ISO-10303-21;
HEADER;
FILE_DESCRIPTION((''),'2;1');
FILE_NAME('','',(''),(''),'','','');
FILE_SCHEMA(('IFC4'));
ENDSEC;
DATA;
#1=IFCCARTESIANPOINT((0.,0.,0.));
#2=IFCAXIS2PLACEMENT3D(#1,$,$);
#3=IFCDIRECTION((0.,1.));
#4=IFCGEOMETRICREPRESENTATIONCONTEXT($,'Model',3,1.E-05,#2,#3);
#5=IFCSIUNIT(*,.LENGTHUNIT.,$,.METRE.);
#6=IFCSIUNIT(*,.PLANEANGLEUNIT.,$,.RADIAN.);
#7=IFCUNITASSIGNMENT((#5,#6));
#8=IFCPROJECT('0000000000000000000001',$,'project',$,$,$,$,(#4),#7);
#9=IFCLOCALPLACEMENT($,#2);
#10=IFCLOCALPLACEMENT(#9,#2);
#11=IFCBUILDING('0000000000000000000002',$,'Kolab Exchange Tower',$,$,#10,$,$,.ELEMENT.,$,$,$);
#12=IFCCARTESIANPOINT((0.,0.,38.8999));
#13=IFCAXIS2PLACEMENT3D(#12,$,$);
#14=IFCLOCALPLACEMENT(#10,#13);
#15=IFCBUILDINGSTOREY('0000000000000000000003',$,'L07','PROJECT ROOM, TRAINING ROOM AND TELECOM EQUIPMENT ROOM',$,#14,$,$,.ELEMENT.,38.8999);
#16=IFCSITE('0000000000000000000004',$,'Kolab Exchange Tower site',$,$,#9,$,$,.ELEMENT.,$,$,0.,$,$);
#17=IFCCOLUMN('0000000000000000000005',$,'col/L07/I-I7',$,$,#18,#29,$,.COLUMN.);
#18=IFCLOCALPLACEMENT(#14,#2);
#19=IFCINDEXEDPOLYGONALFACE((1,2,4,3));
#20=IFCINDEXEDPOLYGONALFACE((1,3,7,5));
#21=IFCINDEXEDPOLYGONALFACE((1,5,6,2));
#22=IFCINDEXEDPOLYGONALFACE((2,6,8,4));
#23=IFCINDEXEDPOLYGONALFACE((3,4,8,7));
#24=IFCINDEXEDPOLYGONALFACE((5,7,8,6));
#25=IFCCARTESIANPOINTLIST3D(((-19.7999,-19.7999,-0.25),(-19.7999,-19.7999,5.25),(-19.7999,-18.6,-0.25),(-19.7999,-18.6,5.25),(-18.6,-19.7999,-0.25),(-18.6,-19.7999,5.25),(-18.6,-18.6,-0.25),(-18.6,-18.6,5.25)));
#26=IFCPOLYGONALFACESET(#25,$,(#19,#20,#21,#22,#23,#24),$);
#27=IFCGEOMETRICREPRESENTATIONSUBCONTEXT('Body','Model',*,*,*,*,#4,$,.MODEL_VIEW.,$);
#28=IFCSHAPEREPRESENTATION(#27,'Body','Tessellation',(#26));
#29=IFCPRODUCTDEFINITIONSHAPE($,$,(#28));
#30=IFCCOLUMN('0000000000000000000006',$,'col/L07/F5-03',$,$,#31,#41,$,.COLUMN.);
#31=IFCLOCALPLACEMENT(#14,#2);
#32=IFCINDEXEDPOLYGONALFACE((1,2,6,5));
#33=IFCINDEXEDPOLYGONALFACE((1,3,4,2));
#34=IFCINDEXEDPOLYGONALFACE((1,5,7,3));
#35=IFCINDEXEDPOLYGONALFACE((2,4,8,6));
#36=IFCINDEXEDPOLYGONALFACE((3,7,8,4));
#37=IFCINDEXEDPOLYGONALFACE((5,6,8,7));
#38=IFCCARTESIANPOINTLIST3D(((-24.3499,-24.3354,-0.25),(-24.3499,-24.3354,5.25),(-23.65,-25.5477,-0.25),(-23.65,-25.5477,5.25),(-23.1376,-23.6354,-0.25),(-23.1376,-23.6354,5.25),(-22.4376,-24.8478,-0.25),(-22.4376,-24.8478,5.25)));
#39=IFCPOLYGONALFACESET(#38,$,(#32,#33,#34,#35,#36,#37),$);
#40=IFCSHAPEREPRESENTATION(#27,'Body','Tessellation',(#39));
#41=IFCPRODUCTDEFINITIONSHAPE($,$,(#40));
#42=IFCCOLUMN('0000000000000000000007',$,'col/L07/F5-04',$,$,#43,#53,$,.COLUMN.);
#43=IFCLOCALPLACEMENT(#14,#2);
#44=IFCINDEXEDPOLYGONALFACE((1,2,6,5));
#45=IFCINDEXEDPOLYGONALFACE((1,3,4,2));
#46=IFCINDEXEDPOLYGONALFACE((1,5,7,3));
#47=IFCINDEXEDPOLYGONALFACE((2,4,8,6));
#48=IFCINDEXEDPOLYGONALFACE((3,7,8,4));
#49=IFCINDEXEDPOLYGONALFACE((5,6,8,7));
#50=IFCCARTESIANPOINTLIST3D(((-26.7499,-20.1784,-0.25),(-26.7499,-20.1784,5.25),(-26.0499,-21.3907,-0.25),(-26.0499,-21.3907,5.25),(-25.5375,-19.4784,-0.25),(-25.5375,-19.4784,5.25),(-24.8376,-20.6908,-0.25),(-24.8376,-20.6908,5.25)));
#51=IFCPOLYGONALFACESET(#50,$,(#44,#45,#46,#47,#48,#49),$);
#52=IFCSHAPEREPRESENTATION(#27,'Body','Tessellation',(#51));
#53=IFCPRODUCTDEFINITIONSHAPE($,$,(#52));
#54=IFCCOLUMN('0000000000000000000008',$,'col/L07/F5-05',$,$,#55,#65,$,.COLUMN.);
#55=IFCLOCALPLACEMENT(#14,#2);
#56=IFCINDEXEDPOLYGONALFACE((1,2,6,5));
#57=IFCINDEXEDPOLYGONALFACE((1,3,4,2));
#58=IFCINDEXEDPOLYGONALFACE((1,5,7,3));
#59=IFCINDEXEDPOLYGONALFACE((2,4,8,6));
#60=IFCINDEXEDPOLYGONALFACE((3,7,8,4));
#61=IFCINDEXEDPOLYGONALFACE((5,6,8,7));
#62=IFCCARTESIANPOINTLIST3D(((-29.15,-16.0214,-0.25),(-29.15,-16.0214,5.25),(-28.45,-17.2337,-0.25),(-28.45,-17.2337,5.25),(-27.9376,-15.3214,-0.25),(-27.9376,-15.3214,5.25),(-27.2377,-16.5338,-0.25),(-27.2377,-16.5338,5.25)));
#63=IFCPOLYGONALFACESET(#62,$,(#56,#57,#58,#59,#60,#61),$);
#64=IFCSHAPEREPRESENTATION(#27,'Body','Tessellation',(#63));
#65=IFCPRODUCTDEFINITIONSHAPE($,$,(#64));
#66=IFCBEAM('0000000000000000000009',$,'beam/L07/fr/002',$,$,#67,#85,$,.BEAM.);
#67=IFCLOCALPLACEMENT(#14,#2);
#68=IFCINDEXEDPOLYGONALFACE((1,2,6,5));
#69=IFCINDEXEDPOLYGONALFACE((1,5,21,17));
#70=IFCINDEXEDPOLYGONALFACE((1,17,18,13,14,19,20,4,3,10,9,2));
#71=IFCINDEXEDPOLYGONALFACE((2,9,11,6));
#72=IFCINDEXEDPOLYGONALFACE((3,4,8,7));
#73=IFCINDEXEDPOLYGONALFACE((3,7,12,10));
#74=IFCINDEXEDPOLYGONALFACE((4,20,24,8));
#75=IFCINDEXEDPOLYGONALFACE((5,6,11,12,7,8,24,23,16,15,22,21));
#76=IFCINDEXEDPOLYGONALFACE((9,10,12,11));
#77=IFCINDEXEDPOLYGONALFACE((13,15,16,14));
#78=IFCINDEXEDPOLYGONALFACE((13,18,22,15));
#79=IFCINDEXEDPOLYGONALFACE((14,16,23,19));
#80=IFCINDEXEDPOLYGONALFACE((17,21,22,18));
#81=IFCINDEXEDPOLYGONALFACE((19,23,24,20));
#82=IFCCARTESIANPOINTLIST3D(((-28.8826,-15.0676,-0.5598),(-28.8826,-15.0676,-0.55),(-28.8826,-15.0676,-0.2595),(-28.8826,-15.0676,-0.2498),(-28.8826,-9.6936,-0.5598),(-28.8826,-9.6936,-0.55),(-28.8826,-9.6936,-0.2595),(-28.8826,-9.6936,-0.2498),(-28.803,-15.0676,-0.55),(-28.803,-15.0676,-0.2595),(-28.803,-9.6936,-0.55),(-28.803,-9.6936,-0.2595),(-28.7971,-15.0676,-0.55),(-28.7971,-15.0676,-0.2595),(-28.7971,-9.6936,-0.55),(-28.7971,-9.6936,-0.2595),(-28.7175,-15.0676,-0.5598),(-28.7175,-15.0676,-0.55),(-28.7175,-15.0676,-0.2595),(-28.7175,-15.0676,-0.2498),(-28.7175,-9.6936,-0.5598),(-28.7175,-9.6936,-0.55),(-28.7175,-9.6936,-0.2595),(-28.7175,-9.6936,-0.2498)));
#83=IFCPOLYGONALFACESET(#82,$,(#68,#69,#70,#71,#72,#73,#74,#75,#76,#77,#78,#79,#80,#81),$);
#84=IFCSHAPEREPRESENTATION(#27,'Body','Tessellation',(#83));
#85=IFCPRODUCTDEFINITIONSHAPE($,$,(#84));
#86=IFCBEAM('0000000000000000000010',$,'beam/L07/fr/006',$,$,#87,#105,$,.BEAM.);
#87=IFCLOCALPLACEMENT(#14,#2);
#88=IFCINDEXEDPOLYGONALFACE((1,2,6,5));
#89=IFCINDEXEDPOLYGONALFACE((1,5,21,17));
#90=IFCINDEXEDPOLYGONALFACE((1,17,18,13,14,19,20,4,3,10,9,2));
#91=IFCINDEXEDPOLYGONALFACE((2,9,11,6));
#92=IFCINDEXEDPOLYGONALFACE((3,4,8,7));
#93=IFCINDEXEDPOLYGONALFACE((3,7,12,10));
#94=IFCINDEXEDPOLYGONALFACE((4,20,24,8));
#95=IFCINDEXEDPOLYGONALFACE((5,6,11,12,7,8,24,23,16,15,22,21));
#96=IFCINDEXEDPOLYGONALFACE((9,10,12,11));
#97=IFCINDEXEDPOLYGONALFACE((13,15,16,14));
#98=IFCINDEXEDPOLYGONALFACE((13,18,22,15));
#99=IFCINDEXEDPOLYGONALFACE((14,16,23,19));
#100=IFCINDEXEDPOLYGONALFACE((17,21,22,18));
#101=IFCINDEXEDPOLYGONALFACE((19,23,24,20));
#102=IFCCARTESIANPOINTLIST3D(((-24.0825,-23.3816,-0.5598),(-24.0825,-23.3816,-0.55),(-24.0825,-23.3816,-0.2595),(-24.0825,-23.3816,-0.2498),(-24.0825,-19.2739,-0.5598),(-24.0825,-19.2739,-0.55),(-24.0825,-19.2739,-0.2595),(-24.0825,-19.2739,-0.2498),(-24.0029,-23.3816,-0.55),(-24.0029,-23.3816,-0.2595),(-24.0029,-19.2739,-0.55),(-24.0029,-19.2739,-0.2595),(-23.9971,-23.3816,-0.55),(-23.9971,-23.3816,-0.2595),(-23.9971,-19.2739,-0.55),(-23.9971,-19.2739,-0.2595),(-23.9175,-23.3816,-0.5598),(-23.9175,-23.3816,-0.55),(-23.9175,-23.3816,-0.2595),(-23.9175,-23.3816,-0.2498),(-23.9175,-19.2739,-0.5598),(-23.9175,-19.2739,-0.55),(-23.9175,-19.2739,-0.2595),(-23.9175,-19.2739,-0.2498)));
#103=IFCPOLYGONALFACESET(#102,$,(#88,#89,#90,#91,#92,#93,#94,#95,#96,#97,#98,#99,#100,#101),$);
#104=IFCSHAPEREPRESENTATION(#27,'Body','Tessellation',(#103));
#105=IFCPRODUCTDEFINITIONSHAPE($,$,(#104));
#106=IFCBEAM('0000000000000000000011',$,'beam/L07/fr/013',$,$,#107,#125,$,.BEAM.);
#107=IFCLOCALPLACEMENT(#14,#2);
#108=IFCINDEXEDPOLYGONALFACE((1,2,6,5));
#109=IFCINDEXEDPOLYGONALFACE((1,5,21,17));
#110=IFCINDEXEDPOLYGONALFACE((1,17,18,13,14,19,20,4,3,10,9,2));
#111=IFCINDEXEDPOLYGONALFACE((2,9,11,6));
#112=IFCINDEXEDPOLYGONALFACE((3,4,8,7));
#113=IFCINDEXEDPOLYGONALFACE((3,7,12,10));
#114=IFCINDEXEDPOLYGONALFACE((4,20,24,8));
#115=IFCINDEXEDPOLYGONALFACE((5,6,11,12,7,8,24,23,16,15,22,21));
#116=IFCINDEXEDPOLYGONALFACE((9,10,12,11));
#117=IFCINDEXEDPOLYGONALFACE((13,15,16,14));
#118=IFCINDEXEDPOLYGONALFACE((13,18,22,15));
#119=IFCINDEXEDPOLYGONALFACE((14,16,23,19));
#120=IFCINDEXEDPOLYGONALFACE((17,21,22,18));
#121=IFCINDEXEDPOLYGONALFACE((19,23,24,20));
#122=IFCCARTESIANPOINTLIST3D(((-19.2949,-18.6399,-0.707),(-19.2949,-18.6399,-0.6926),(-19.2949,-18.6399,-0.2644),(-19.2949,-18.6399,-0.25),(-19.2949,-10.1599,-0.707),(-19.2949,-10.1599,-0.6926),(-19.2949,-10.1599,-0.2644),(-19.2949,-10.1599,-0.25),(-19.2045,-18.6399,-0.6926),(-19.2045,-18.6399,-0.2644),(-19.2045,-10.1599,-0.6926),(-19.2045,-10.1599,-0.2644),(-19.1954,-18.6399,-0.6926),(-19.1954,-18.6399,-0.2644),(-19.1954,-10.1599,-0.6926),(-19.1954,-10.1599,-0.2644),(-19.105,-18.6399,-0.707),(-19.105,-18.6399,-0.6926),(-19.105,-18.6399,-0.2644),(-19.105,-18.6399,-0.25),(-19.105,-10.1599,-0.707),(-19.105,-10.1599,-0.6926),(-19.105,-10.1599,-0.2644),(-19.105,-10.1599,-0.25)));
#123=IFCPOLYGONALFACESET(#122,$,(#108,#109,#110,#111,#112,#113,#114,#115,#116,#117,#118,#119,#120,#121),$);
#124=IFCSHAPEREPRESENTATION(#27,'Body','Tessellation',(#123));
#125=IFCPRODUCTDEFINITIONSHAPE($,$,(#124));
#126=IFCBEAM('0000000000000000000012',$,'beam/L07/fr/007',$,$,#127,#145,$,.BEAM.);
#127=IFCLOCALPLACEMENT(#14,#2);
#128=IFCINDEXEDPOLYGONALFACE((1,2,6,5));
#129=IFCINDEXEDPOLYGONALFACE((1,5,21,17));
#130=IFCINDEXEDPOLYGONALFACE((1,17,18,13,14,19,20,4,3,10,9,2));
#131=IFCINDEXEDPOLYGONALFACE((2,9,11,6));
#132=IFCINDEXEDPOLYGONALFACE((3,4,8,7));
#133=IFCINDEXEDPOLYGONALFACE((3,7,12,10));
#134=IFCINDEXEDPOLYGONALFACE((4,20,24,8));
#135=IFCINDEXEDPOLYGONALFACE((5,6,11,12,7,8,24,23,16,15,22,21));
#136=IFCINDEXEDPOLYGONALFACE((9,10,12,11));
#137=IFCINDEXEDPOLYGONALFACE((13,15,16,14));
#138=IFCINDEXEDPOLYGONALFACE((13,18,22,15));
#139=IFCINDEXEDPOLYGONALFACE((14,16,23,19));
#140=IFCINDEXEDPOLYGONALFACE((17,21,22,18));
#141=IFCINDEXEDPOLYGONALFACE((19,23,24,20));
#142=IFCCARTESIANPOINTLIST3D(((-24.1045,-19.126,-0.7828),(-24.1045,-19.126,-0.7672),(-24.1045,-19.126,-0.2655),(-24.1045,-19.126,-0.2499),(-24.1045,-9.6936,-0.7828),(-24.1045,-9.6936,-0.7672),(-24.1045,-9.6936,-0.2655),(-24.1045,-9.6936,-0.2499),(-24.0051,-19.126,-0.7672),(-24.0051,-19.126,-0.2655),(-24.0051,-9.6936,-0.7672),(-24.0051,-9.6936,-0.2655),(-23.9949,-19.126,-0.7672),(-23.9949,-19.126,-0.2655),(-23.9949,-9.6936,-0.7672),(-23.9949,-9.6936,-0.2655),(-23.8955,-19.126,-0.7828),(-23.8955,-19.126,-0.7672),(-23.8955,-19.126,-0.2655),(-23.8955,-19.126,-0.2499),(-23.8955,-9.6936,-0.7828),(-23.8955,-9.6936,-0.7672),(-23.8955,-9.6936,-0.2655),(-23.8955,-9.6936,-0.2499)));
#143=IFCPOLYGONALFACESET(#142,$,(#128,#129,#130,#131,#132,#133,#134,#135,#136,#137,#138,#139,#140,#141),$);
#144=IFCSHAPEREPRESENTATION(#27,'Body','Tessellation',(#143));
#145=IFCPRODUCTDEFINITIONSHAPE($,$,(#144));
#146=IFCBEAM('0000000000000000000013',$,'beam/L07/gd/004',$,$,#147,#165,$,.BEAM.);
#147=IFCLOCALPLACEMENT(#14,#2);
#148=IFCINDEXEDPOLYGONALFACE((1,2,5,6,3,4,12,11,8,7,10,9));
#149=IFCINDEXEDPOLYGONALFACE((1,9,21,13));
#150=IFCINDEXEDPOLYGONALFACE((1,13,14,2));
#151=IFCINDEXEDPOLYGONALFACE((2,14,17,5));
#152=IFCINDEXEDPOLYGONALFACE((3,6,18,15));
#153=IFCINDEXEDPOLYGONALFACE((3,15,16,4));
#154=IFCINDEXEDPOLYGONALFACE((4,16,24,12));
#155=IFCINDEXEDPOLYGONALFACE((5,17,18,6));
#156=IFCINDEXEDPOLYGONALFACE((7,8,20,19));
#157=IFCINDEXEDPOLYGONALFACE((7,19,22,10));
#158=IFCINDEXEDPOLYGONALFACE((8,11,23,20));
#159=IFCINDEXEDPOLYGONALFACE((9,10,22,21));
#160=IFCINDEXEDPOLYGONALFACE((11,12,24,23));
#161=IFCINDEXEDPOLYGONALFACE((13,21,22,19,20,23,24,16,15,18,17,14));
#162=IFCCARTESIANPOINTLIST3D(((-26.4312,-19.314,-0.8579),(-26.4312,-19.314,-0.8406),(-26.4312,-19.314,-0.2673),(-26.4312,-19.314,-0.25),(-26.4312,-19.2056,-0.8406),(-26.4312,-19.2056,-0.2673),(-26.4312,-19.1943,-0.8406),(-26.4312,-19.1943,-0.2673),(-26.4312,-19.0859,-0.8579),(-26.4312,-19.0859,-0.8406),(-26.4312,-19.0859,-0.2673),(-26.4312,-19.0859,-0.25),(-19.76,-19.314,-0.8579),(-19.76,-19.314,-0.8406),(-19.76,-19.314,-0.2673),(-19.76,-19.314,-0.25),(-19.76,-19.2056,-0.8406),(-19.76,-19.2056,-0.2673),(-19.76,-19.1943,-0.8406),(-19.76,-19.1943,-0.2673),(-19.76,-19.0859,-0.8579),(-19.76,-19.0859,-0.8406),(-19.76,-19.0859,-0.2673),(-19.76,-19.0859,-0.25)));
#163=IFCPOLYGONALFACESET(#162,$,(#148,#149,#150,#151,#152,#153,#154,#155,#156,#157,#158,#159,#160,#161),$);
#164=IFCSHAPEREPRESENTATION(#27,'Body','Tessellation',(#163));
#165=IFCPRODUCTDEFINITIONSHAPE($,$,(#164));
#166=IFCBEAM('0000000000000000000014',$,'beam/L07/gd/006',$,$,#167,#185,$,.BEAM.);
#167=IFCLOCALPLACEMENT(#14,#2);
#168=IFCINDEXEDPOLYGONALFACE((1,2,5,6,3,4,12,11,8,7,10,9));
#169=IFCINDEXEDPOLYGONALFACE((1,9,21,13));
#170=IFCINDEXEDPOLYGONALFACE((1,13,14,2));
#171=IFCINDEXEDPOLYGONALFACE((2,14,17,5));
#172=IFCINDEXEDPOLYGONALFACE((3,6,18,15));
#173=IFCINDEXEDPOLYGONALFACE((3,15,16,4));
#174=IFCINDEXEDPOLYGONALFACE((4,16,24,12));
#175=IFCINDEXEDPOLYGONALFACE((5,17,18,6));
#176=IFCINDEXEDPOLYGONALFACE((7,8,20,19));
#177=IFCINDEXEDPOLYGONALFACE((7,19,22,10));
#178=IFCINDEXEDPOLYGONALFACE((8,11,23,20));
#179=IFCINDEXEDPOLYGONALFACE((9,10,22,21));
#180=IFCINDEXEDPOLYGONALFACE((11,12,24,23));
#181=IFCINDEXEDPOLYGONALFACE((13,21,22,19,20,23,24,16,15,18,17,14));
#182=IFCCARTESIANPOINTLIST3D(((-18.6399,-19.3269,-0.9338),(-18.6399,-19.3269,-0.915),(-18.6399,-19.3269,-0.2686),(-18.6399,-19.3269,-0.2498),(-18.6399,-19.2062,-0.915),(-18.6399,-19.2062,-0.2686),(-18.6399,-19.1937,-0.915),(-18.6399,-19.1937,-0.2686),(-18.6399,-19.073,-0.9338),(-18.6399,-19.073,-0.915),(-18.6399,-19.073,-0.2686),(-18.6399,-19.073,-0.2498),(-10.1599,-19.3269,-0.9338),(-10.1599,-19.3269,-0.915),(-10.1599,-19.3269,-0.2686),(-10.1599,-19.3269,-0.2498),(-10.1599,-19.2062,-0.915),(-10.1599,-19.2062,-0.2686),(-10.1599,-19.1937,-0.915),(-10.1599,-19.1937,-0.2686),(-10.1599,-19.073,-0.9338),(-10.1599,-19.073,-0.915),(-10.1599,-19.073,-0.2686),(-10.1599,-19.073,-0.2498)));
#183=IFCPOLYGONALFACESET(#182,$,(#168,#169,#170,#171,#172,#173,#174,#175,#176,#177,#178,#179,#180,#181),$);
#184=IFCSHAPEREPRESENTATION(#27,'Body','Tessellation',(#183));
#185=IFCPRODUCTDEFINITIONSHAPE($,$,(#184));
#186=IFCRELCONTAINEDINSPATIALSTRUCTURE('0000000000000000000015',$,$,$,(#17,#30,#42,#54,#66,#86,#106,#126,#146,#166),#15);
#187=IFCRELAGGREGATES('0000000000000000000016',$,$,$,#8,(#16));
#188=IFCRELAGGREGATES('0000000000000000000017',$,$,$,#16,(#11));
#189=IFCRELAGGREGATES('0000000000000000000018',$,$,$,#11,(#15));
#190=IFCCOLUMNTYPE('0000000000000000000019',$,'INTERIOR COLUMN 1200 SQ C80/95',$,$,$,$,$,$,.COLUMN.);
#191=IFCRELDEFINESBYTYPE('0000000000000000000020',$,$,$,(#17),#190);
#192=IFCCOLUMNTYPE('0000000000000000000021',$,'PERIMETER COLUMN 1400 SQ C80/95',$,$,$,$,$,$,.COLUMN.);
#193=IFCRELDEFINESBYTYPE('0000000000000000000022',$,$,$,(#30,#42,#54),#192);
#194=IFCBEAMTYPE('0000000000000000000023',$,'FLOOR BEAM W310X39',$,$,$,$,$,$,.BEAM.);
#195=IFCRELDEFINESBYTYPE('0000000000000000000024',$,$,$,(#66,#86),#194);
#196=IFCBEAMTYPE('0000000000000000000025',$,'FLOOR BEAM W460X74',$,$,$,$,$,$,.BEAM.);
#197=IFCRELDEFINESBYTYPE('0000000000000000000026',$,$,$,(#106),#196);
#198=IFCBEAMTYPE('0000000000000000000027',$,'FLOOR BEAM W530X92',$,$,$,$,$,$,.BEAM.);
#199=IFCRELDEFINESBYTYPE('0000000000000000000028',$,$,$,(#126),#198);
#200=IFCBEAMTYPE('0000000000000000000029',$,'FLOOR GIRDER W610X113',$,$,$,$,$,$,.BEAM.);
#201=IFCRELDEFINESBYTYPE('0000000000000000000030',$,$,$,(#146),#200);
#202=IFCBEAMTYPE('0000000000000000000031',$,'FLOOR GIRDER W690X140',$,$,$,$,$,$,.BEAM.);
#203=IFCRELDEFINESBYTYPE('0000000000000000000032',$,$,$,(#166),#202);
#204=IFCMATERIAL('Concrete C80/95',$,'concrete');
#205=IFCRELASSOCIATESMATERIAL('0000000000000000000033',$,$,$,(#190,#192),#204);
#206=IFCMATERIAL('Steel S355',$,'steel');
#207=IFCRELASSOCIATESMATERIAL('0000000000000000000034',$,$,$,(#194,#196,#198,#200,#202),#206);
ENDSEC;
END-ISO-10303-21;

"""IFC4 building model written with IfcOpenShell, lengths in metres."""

from ifc_helpers import new_model, si_unit, direction, frame, origin, origin_2d, place, context, subcontext, project, spatial, rectangle, i_section, extrude, material, material_profile, profile_set, type_object, element, save


model = new_model("IFC4")

# Units and contexts
model_context = context("Model", 3, precision=1e-05, world=origin(), true_north=direction((0.0, 1.0)))
body_context = subcontext(model_context, "Body", "Model", "MODEL_VIEW")
ifc_project = project(units=[si_unit("LENGTHUNIT", "METRE"), si_unit("PLANEANGLEUNIT", "RADIAN")], contexts=[model_context])

# Site, building, storey
site_placement = place(None, origin())
site = spatial("IfcSite", under=ifc_project, at=site_placement, Name="Kolab Exchange Tower site", CompositionType="ELEMENT", RefElevation=0.0)
building_placement = place(site_placement, origin())
building = spatial("IfcBuilding", under=site, at=building_placement, Name="Kolab Exchange Tower", CompositionType="ELEMENT")
storey_placement = place(building_placement, frame((0.0, 0.0, 38.8999)))
storey = spatial("IfcBuildingStorey", under=building, at=storey_placement, Name="L07", Description="PROJECT ROOM, TRAINING ROOM AND TELECOM EQUIPMENT ROOM", CompositionType="ELEMENT", Elevation=38.8999)

# Columns
ifc_material_1 = material(Name="Concrete C80/95", Category="concrete")
ifc_material_profile_1 = material_profile(ifc_material_1, rectangle(XDim=1.2, YDim=1.2, at=origin_2d()), Name="RC1200")
ifc_profile_set_1 = profile_set([ifc_material_profile_1], Name="Concrete C80/95")
column_type_1 = type_object("IfcColumnType", Name="INTERIOR COLUMN 1200 SQ C80/95", PredefinedType="COLUMN", material=ifc_profile_set_1)
column_placement = place(storey_placement, frame((-19.2, -19.2, -0.25), z_axis=(0.0, 0.0, 1.0), x_axis=(1.0, 0.0, 0.0)))
element("IfcColumn", 1, at=column_placement, inside=storey, type_object=column_type_1, Name="col/L07/I-I7", PredefinedType="COLUMN", context=body_context, shape_type="SweptSolid", body=[
    extrude(rectangle(XDim=1.2, YDim=1.2, at=origin_2d()), origin(), (0.0, 0.0, 1.0), 5.5),
])
ifc_material_profile_2 = material_profile(ifc_material_1, rectangle(XDim=1.3999, YDim=1.3999, at=origin_2d()), Name="RC1400")
ifc_profile_set_2 = profile_set([ifc_material_profile_2], Name="Concrete C80/95")
column_type_2 = type_object("IfcColumnType", Name="PERIMETER COLUMN 1400 SQ C80/95", PredefinedType="COLUMN", material=ifc_profile_set_2)
for number, where, z_axis, x_axis, name in (
    (2, (-23.3938, -24.5916, -0.25), (0.0, 0.0, 1.0), (0.866025, 0.5, 0.0), "col/L07/F5-03"),
    (3, (-25.7937, -20.4346, -0.25), (0.0, 0.0, 1.0), (0.866025, 0.5, 0.0), "col/L07/F5-04"),
    (4, (-28.1938, -16.2776, -0.25), (0.0, 0.0, 1.0), (0.866025, 0.5, 0.0), "col/L07/F5-05"),
):
    element("IfcColumn", number, at=place(storey_placement, frame(where, z_axis=z_axis, x_axis=x_axis)), inside=storey, type_object=column_type_2, Name=name, PredefinedType="COLUMN", context=body_context, shape_type="SweptSolid", body=[
        extrude(rectangle(XDim=1.3999, YDim=1.3999, at=origin_2d()), origin(), (0.0, 0.0, 1.0), 5.5),
    ])

# Beams
ifc_material_2 = material(Name="Steel S355", Category="steel")
ifc_material_profile_3 = material_profile(ifc_material_2, i_section(OverallWidth=0.165, OverallDepth=0.3101, WebThickness=0.0059, FlangeThickness=0.0098, at=origin_2d()), Name="W310X39")
ifc_profile_set_3 = profile_set([ifc_material_profile_3], Name="Steel S355")
beam_type_1 = type_object("IfcBeamType", Name="FLOOR BEAM W310X39", PredefinedType="BEAM", material=ifc_profile_set_3)
beam_1_placement = place(storey_placement, frame((-28.8, -15.0676, -0.4048), z_axis=(0.0, 1.0, 0.0), x_axis=(-1.0, 0.0, 0.0)))
element("IfcBeam", 5, at=beam_1_placement, inside=storey, type_object=beam_type_1, Name="beam/L07/fr/002", PredefinedType="BEAM", context=body_context, shape_type="SweptSolid", body=[
    extrude(i_section(OverallWidth=0.165, OverallDepth=0.3101, WebThickness=0.0059, FlangeThickness=0.0098, at=origin_2d()), origin(), (0.0, 0.0, 1.0), 5.374),
])
beam_2_placement = place(storey_placement, frame((-24.0, -23.3816, -0.4048), z_axis=(0.0, 1.0, 0.0), x_axis=(-1.0, 0.0, 0.0)))
element("IfcBeam", 6, at=beam_2_placement, inside=storey, type_object=beam_type_1, Name="beam/L07/fr/006", PredefinedType="BEAM", context=body_context, shape_type="SweptSolid", body=[
    extrude(i_section(OverallWidth=0.165, OverallDepth=0.3101, WebThickness=0.0059, FlangeThickness=0.0098, at=origin_2d()), origin(), (0.0, 0.0, 1.0), 4.1077),
])
ifc_material_profile_4 = material_profile(ifc_material_2, i_section(OverallWidth=0.1899, OverallDepth=0.457, WebThickness=0.009, FlangeThickness=0.0144, at=origin_2d()), Name="W460X74")
ifc_profile_set_4 = profile_set([ifc_material_profile_4], Name="Steel S355")
beam_type_2 = type_object("IfcBeamType", Name="FLOOR BEAM W460X74", PredefinedType="BEAM", material=ifc_profile_set_4)
beam_3_placement = place(storey_placement, frame((-19.2, -18.6399, -0.4785), z_axis=(0.0, 1.0, 0.0), x_axis=(-1.0, 0.0, 0.0)))
element("IfcBeam", 7, at=beam_3_placement, inside=storey, type_object=beam_type_2, Name="beam/L07/fr/013", PredefinedType="BEAM", context=body_context, shape_type="SweptSolid", body=[
    extrude(i_section(OverallWidth=0.1899, OverallDepth=0.457, WebThickness=0.009, FlangeThickness=0.0144, at=origin_2d()), origin(), (0.0, 0.0, 1.0), 8.48),
])
ifc_material_profile_5 = material_profile(ifc_material_2, i_section(OverallWidth=0.209, OverallDepth=0.533, WebThickness=0.0103, FlangeThickness=0.0156, at=origin_2d()), Name="W530X92")
ifc_profile_set_5 = profile_set([ifc_material_profile_5], Name="Steel S355")
beam_type_3 = type_object("IfcBeamType", Name="FLOOR BEAM W530X92", PredefinedType="BEAM", material=ifc_profile_set_5)
beam_4_placement = place(storey_placement, frame((-24.0, -19.126, -0.5164), z_axis=(0.0, 1.0, 0.0), x_axis=(-1.0, 0.0, 0.0)))
element("IfcBeam", 8, at=beam_4_placement, inside=storey, type_object=beam_type_3, Name="beam/L07/fr/007", PredefinedType="BEAM", context=body_context, shape_type="SweptSolid", body=[
    extrude(i_section(OverallWidth=0.209, OverallDepth=0.533, WebThickness=0.0103, FlangeThickness=0.0156, at=origin_2d()), origin(), (0.0, 0.0, 1.0), 9.4324),
])
ifc_material_profile_6 = material_profile(ifc_material_2, i_section(OverallWidth=0.228, OverallDepth=0.6079, WebThickness=0.0112, FlangeThickness=0.0173, at=origin_2d()), Name="W610X113")
ifc_profile_set_6 = profile_set([ifc_material_profile_6], Name="Steel S355")
beam_type_4 = type_object("IfcBeamType", Name="FLOOR GIRDER W610X113", PredefinedType="BEAM", material=ifc_profile_set_6)
beam_5_placement = place(storey_placement, frame((-26.4312, -19.2, -0.554), z_axis=(1.0, 0.0, 0.0), x_axis=(0.0, 1.0, 0.0)))
element("IfcBeam", 9, at=beam_5_placement, inside=storey, type_object=beam_type_4, Name="beam/L07/gd/004", PredefinedType="BEAM", context=body_context, shape_type="SweptSolid", body=[
    extrude(i_section(OverallWidth=0.228, OverallDepth=0.6079, WebThickness=0.0112, FlangeThickness=0.0173, at=origin_2d()), origin(), (0.0, 0.0, 1.0), 6.6711),
])
ifc_material_profile_7 = material_profile(ifc_material_2, i_section(OverallWidth=0.2539, OverallDepth=0.6841, WebThickness=0.0125, FlangeThickness=0.0188, at=origin_2d()), Name="W690X140")
ifc_profile_set_7 = profile_set([ifc_material_profile_7], Name="Steel S355")
beam_type_5 = type_object("IfcBeamType", Name="FLOOR GIRDER W690X140", PredefinedType="BEAM", material=ifc_profile_set_7)
beam_6_placement = place(storey_placement, frame((-18.6399, -19.2, -0.5918), z_axis=(1.0, 0.0, 0.0), x_axis=(0.0, 1.0, 0.0)))
element("IfcBeam", 10, at=beam_6_placement, inside=storey, type_object=beam_type_5, Name="beam/L07/gd/006", PredefinedType="BEAM", context=body_context, shape_type="SweptSolid", body=[
    extrude(i_section(OverallWidth=0.2539, OverallDepth=0.6841, WebThickness=0.0125, FlangeThickness=0.0188, at=origin_2d()), origin(), (0.0, 0.0, 1.0), 8.48),
])

save(model, "model.ifc")
